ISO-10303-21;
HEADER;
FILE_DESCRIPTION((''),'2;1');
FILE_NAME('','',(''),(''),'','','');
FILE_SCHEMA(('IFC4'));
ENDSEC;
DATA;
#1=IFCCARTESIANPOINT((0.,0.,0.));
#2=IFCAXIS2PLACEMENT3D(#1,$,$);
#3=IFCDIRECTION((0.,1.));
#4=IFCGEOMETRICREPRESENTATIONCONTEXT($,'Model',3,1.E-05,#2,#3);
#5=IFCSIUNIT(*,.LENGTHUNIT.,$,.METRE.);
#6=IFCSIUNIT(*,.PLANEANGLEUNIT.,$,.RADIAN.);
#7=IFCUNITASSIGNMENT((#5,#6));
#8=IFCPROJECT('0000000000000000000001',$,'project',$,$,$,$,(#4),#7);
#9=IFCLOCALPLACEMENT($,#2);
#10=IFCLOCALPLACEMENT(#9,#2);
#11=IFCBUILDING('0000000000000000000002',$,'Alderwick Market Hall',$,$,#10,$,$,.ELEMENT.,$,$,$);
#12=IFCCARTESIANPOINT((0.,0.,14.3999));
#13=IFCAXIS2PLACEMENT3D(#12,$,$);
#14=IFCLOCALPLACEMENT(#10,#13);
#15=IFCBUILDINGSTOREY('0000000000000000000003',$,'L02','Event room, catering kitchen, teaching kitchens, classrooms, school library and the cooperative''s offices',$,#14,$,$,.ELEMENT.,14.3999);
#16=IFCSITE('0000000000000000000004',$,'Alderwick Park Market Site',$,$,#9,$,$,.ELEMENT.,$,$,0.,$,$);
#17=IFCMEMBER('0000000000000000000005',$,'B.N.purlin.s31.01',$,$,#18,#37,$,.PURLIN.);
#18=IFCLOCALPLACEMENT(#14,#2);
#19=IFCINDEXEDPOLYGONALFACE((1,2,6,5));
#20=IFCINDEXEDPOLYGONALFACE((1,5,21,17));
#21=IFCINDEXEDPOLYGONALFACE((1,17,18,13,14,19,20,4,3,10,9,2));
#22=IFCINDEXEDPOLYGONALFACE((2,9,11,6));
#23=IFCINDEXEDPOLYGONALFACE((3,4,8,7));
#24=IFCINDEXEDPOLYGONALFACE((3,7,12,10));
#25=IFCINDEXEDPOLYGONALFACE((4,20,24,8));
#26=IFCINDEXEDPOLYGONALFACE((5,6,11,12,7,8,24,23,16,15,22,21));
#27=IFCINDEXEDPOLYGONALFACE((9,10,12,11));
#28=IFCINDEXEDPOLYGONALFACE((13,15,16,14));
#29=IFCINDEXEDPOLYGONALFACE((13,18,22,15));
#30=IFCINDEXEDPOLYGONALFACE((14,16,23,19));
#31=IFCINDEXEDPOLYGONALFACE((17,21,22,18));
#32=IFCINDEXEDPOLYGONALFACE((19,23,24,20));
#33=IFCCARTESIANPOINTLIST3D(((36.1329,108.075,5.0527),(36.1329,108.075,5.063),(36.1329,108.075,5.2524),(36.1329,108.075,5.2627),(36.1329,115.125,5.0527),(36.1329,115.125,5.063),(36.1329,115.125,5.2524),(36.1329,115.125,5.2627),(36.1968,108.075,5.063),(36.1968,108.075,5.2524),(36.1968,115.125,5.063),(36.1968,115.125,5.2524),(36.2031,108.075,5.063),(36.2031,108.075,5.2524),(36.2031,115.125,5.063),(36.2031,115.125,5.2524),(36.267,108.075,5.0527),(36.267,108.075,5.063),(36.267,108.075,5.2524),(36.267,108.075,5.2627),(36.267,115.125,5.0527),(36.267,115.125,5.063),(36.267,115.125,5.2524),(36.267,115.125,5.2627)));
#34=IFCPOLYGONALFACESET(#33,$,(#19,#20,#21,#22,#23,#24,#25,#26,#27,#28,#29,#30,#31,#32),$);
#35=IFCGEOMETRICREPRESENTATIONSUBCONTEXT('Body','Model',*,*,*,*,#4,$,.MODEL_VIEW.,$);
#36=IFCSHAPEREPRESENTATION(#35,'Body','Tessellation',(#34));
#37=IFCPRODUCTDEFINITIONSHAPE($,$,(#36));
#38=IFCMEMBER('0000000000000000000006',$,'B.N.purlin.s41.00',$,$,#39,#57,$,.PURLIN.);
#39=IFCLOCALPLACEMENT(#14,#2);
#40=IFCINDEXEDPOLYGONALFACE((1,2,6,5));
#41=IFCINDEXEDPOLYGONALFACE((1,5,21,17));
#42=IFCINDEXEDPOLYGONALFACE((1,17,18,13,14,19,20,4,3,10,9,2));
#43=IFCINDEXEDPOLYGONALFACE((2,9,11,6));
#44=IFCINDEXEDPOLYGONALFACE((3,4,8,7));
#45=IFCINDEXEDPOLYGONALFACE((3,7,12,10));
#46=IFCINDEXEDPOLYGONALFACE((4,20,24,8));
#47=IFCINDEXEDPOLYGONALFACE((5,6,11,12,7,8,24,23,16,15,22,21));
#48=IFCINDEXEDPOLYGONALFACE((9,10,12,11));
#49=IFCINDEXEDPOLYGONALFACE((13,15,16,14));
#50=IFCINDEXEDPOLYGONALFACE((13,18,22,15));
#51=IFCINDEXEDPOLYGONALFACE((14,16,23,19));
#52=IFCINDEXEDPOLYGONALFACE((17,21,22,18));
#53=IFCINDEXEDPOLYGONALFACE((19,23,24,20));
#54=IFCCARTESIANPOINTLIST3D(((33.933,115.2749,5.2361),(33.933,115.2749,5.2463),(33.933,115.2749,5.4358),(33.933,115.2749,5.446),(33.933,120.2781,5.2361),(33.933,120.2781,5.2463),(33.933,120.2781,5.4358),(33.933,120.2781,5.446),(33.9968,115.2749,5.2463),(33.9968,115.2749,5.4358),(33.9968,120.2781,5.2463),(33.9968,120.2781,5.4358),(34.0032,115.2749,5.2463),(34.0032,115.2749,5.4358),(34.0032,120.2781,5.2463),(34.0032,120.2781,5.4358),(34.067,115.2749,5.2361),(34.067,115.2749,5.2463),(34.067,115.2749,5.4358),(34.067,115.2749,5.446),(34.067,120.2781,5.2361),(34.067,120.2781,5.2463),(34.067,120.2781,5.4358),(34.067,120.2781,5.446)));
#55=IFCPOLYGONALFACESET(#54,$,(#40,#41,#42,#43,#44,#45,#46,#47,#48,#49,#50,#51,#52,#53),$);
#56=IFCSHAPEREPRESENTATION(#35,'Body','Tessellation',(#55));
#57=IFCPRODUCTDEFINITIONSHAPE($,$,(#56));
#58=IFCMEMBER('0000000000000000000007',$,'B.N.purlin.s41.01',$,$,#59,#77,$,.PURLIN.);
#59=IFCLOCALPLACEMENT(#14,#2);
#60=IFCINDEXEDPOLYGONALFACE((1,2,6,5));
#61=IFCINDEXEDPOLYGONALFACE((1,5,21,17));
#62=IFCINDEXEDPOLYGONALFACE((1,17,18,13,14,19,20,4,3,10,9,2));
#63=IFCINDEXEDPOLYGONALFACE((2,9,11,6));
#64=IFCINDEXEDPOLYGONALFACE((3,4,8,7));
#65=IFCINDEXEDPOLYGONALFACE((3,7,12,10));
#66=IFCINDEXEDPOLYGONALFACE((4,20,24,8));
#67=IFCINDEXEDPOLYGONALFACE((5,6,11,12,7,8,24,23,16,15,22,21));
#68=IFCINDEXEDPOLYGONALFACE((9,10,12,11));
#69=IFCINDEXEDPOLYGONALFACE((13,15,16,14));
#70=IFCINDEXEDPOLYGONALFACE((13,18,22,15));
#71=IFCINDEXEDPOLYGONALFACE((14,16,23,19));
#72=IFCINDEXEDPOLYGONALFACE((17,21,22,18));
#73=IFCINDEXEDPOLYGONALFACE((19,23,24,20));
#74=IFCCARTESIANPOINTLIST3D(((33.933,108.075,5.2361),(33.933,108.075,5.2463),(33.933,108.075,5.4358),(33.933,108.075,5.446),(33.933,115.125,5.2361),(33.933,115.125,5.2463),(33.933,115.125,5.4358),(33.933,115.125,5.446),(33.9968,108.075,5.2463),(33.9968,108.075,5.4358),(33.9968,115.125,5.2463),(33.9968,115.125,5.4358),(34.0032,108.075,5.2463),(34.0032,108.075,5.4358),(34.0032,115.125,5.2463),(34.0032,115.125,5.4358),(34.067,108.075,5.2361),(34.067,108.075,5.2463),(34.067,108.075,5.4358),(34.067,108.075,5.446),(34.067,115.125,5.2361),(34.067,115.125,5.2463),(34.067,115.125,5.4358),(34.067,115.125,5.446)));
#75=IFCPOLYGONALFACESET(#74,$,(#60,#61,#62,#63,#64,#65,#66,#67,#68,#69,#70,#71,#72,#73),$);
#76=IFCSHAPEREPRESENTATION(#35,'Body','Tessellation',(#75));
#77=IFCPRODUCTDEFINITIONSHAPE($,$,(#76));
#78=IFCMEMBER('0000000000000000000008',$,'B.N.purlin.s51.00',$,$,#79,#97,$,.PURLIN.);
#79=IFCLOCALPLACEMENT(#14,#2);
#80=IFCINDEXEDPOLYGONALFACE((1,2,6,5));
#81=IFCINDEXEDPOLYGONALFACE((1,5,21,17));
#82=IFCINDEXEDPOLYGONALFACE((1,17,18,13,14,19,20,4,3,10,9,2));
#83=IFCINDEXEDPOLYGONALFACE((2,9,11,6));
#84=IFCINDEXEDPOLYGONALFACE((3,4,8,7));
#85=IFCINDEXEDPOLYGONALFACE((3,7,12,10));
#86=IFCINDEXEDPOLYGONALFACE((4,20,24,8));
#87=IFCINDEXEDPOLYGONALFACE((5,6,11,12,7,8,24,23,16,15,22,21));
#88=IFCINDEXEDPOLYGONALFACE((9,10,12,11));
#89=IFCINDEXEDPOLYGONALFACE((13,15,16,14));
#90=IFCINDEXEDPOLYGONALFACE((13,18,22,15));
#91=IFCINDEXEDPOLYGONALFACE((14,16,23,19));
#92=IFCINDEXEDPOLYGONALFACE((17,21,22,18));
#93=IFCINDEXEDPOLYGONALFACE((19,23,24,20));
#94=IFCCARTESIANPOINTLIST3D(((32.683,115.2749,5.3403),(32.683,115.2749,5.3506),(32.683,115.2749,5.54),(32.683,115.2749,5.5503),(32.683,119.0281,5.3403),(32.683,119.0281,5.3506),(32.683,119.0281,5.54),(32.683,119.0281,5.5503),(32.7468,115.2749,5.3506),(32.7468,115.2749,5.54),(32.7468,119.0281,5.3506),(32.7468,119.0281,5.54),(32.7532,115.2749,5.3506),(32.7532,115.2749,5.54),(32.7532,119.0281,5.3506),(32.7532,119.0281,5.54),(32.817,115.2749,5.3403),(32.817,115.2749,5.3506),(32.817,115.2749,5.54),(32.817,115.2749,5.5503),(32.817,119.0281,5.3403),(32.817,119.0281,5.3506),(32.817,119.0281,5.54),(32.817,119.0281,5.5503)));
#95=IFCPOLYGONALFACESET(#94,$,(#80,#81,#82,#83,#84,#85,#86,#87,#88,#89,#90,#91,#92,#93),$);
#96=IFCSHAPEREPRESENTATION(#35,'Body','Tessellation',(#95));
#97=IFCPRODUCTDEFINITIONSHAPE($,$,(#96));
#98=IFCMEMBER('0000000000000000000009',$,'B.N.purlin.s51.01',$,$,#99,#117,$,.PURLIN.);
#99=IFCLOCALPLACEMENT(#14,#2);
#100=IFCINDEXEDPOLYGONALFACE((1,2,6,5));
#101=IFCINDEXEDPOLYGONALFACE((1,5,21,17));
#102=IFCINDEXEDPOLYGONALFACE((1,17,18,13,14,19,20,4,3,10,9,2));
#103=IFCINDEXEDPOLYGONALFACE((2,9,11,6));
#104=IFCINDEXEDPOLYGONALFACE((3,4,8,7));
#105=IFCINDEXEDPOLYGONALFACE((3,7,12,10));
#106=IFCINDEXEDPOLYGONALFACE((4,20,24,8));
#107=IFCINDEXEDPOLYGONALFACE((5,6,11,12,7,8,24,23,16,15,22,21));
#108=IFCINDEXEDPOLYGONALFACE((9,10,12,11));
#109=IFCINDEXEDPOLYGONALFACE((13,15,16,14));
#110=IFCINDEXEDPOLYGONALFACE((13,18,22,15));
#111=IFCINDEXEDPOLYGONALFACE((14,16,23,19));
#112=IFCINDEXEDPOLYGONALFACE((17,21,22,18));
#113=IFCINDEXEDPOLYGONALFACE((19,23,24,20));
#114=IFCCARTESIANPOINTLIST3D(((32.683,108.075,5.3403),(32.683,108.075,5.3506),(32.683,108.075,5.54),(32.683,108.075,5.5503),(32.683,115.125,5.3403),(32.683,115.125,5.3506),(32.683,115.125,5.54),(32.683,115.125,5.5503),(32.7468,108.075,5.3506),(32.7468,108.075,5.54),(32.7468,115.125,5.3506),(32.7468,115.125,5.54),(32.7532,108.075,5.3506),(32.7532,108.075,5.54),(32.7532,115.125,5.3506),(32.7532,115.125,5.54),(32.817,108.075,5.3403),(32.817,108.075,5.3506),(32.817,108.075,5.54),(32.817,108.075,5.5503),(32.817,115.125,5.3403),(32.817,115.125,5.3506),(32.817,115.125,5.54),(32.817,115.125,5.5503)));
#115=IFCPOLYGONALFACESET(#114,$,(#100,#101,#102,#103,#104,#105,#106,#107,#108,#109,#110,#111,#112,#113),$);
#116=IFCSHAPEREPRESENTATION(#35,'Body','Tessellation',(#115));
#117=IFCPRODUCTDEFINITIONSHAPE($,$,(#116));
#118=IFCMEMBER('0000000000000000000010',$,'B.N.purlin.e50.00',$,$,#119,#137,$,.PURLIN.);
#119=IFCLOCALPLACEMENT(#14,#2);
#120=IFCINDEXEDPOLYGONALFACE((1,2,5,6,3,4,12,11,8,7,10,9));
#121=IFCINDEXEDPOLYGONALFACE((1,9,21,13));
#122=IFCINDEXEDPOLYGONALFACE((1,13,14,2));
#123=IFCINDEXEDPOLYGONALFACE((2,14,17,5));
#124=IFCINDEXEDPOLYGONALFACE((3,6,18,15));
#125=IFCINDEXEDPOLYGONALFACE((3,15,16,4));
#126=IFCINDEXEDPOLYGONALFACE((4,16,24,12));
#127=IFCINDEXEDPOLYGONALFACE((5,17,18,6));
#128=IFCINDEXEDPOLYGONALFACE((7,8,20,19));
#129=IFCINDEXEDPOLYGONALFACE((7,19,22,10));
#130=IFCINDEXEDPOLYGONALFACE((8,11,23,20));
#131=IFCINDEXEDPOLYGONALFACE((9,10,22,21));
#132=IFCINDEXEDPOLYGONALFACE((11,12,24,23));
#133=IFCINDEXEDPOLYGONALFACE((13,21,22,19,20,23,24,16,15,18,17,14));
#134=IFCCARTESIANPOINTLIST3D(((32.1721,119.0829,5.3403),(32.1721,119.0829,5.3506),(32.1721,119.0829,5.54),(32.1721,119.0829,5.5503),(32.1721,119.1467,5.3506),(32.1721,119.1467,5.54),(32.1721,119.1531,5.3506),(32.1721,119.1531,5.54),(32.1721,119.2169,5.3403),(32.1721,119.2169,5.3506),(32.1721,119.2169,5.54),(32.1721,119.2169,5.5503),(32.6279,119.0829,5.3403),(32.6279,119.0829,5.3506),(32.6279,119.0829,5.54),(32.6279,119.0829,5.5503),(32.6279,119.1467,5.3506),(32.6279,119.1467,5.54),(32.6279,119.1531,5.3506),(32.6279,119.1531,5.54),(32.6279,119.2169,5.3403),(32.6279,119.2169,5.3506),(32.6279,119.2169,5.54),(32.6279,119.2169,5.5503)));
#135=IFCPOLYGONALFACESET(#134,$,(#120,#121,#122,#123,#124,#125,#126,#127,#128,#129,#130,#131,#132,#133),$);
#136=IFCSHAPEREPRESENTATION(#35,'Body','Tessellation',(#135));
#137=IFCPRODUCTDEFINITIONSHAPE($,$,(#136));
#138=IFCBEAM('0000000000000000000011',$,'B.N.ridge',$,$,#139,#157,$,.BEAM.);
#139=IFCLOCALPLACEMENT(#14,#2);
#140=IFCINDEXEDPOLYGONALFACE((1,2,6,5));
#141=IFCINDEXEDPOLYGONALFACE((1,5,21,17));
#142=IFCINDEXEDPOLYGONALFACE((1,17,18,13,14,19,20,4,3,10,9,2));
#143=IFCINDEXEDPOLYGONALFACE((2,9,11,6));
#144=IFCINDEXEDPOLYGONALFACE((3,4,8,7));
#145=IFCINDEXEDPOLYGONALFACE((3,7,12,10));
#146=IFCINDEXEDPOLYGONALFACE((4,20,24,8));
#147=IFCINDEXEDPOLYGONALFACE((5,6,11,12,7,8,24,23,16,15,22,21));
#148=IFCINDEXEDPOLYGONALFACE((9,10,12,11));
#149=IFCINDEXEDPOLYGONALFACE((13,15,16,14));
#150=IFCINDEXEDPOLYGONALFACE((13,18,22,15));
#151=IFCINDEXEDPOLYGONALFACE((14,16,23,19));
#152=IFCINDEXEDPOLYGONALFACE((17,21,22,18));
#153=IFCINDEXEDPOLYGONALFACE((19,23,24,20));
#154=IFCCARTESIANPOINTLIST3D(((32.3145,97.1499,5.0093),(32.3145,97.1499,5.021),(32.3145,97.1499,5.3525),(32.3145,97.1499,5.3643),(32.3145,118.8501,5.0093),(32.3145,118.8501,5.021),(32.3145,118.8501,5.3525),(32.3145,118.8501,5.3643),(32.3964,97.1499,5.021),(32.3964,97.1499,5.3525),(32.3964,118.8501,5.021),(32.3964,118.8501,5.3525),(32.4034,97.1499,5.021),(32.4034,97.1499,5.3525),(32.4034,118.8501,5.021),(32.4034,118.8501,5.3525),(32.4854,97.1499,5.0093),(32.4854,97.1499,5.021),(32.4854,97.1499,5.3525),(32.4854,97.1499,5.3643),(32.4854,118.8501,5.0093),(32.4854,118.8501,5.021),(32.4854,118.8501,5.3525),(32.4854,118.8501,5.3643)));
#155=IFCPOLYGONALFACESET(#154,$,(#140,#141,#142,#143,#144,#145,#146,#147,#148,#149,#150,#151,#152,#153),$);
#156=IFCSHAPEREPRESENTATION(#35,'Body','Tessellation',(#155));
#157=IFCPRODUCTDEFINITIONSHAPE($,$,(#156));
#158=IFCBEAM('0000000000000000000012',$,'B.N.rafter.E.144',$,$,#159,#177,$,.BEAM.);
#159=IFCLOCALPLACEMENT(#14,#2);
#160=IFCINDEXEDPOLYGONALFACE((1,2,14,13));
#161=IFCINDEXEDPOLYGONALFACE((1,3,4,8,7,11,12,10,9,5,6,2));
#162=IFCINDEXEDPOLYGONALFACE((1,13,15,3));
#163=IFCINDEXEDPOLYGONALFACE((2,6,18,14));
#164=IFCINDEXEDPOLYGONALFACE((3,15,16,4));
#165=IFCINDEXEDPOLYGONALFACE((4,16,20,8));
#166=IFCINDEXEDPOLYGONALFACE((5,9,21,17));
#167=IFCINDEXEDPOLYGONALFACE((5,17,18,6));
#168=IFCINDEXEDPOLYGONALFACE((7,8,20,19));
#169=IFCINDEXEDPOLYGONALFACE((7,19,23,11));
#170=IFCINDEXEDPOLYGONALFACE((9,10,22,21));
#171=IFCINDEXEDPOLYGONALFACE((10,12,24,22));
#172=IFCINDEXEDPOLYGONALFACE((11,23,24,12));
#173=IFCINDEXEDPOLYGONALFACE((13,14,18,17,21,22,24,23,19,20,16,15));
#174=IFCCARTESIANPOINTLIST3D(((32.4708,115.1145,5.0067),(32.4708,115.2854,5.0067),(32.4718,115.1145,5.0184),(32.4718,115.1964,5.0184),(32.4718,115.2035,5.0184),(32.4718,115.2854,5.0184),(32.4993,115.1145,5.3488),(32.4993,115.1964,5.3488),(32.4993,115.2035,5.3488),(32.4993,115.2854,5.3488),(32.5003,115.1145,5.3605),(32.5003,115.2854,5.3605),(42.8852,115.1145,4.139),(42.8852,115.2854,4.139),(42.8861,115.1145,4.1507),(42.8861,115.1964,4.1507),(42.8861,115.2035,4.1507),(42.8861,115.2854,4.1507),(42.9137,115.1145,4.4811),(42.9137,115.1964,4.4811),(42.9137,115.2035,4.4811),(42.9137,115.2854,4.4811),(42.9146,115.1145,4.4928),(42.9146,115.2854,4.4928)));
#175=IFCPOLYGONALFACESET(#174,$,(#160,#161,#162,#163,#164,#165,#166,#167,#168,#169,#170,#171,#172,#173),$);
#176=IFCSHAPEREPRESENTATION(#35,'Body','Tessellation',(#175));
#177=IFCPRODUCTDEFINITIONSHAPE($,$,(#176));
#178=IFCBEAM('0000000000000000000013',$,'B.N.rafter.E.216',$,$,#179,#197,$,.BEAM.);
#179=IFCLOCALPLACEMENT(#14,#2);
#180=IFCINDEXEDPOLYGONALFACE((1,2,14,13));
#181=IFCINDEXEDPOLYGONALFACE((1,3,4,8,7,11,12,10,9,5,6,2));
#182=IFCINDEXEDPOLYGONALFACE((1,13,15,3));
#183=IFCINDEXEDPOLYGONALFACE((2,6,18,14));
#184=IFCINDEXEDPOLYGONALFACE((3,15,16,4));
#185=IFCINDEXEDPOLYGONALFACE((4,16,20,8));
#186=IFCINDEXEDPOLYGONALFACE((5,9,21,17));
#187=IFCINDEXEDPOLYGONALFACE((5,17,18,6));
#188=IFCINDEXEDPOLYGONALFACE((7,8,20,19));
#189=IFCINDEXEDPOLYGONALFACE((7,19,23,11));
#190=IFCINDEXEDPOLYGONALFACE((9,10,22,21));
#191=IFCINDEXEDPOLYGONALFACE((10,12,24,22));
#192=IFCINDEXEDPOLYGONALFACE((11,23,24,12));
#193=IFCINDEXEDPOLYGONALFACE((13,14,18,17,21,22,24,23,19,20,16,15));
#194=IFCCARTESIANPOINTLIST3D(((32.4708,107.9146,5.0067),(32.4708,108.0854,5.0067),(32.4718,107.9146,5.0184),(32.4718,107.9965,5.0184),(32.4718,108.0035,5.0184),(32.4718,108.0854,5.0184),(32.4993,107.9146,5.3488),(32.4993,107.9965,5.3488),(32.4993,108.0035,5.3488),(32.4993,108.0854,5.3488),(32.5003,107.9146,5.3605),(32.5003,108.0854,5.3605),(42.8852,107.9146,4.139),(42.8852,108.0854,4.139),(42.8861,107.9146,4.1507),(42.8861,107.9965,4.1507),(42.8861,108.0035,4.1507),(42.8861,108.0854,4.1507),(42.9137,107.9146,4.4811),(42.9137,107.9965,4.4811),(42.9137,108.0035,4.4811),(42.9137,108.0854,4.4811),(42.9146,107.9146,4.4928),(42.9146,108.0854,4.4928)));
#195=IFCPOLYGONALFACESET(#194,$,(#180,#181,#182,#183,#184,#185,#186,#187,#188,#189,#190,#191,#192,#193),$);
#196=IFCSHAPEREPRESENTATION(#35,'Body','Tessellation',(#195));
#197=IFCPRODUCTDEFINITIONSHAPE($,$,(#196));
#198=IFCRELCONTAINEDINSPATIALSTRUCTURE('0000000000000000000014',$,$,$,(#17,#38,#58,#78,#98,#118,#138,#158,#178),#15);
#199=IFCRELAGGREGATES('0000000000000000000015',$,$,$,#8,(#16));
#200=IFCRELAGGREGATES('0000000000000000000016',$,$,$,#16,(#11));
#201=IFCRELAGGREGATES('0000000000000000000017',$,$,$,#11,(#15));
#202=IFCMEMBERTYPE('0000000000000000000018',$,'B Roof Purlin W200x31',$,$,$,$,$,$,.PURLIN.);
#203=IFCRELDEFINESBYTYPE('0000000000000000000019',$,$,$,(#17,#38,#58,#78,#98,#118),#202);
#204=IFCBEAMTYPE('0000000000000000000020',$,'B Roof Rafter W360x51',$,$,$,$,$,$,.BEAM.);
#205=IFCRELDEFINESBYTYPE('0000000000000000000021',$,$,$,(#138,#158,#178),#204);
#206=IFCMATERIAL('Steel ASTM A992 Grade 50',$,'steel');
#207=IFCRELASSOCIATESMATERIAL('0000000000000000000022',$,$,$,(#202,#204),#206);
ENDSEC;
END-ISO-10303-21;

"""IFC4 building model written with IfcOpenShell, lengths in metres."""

from ifc_helpers import new_model, si_unit, direction, frame, origin, origin_2d, place, context, subcontext, project, spatial, i_section, extrude, material, material_profile, profile_set, type_object, element, save


model = new_model("IFC4")

# Units and contexts
model_context = context("Model", 3, precision=1e-05, world=origin(), true_north=direction((0.0, 1.0)))
body_context = subcontext(model_context, "Body", "Model", "MODEL_VIEW")
ifc_project = project(units=[si_unit("LENGTHUNIT", "METRE"), si_unit("PLANEANGLEUNIT", "RADIAN")], contexts=[model_context])

# Site, building, storey
site_placement = place(None, origin())
site = spatial("IfcSite", under=ifc_project, at=site_placement, Name="Alderwick Park Market Site", CompositionType="ELEMENT", RefElevation=0.0)
building_placement = place(site_placement, origin())
building = spatial("IfcBuilding", under=site, at=building_placement, Name="Alderwick Market Hall", CompositionType="ELEMENT")
storey_placement = place(building_placement, frame((0.0, 0.0, 14.3999)))
storey = spatial("IfcBuildingStorey", under=building, at=storey_placement, Name="L02", Description="Event room, catering kitchen, teaching kitchens, classrooms, school library and the cooperative's offices", CompositionType="ELEMENT", Elevation=14.3999)

# Members
ifc_material_1 = material(Name="Steel ASTM A992 Grade 50", Category="steel")
ifc_material_profile_1 = material_profile(ifc_material_1, i_section(OverallWidth=0.134, OverallDepth=0.21, WebThickness=0.0063, FlangeThickness=0.0103, at=origin_2d()), Name="W200x31")
ifc_profile_set_1 = profile_set([ifc_material_profile_1], Name="Steel ASTM A992 Grade 50")
member_type = type_object("IfcMemberType", Name="B Roof Purlin W200x31", PredefinedType="PURLIN", material=ifc_profile_set_1)
for number, where, z_axis, x_axis, name in (
    (1, (36.2, 115.125, 5.1577), (0.0, -1.0, 0.0), (1.0, 0.0, 0.0), "B.N.purlin.s31.01"),
):
    element("IfcMember", number, at=place(storey_placement, frame(where, z_axis=z_axis, x_axis=x_axis)), inside=storey, type_object=member_type, Name=name, PredefinedType="PURLIN", context=body_context, shape_type="SweptSolid", body=[
        extrude(i_section(OverallWidth=0.134, OverallDepth=0.21, WebThickness=0.0063, FlangeThickness=0.0103, at=origin_2d()), origin(), (0.0, 0.0, 1.0), 7.05),
    ])
member_1_placement = place(storey_placement, frame((34.0, 120.2781, 5.3411), z_axis=(0.0, -1.0, 0.0), x_axis=(1.0, 0.0, 0.0)))
element("IfcMember", 2, at=member_1_placement, inside=storey, type_object=member_type, Name="B.N.purlin.s41.00", PredefinedType="PURLIN", context=body_context, shape_type="SweptSolid", body=[
    extrude(i_section(OverallWidth=0.134, OverallDepth=0.21, WebThickness=0.0063, FlangeThickness=0.0103, at=origin_2d()), origin(), (0.0, 0.0, 1.0), 5.0032),
])
member_2_placement = place(storey_placement, frame((34.0, 115.125, 5.3411), z_axis=(0.0, -1.0, 0.0), x_axis=(1.0, 0.0, 0.0)))
element("IfcMember", 3, at=member_2_placement, inside=storey, type_object=member_type, Name="B.N.purlin.s41.01", PredefinedType="PURLIN", context=body_context, shape_type="SweptSolid", body=[
    extrude(i_section(OverallWidth=0.134, OverallDepth=0.21, WebThickness=0.0063, FlangeThickness=0.0103, at=origin_2d()), origin(), (0.0, 0.0, 1.0), 7.05),
])
member_3_placement = place(storey_placement, frame((32.75, 119.0281, 5.4453), z_axis=(0.0, -1.0, 0.0), x_axis=(1.0, 0.0, 0.0)))
element("IfcMember", 4, at=member_3_placement, inside=storey, type_object=member_type, Name="B.N.purlin.s51.00", PredefinedType="PURLIN", context=body_context, shape_type="SweptSolid", body=[
    extrude(i_section(OverallWidth=0.134, OverallDepth=0.21, WebThickness=0.0063, FlangeThickness=0.0103, at=origin_2d()), origin(), (0.0, 0.0, 1.0), 3.7532),
])
member_4_placement = place(storey_placement, frame((32.75, 115.125, 5.4453), z_axis=(0.0, -1.0, 0.0), x_axis=(1.0, 0.0, 0.0)))
element("IfcMember", 5, at=member_4_placement, inside=storey, type_object=member_type, Name="B.N.purlin.s51.01", PredefinedType="PURLIN", context=body_context, shape_type="SweptSolid", body=[
    extrude(i_section(OverallWidth=0.134, OverallDepth=0.21, WebThickness=0.0063, FlangeThickness=0.0103, at=origin_2d()), origin(), (0.0, 0.0, 1.0), 7.05),
])
member_5_placement = place(storey_placement, frame((32.1721, 119.1499, 5.4453), z_axis=(1.0, 0.0, 0.0), x_axis=(0.0, 1.0, 0.0)))
element("IfcMember", 6, at=member_5_placement, inside=storey, type_object=member_type, Name="B.N.purlin.e50.00", PredefinedType="PURLIN", context=body_context, shape_type="SweptSolid", body=[
    extrude(i_section(OverallWidth=0.134, OverallDepth=0.21, WebThickness=0.0063, FlangeThickness=0.0103, at=origin_2d()), origin(), (0.0, 0.0, 1.0), 0.4558),
])

# Beams
ifc_material_profile_2 = material_profile(ifc_material_1, i_section(OverallWidth=0.1709, OverallDepth=0.355, WebThickness=0.0071, FlangeThickness=0.0117, at=origin_2d()), Name="W360x51")
ifc_profile_set_2 = profile_set([ifc_material_profile_2], Name="Steel ASTM A992 Grade 50")
beam_type_1 = type_object("IfcBeamType", Name="B Roof Rafter W360x51", PredefinedType="BEAM", material=ifc_profile_set_2)
beam_1_placement = place(storey_placement, frame((32.3999, 118.8501, 5.1868), z_axis=(0.0, -1.0, 0.0), x_axis=(1.0, 0.0, 0.0)))
element("IfcBeam", 7, at=beam_1_placement, inside=storey, type_object=beam_type_1, Name="B.N.ridge", PredefinedType="BEAM", context=body_context, shape_type="SweptSolid", body=[
    extrude(i_section(OverallWidth=0.1709, OverallDepth=0.355, WebThickness=0.0071, FlangeThickness=0.0117, at=origin_2d()), origin(), (0.0, 0.0, 1.0), 21.7002),
])
for number, where, z_axis, x_axis, name in (
    (8, (42.8999, 115.2, 4.3159), (-0.996547, 0.0, 0.083028), (0.0, -1.0, 0.0), "B.N.rafter.E.144"),
    (9, (42.8999, 108.0, 4.3159), (-0.996547, 0.0, 0.083028), (0.0, -1.0, 0.0), "B.N.rafter.E.216"),
):
    element("IfcBeam", number, at=place(storey_placement, frame(where, z_axis=z_axis, x_axis=x_axis)), inside=storey, type_object=beam_type_1, Name=name, PredefinedType="BEAM", context=body_context, shape_type="SweptSolid", body=[
        extrude(i_section(OverallWidth=0.1709, OverallDepth=0.355, WebThickness=0.0071, FlangeThickness=0.0117, at=origin_2d()), origin(), (0.0, 0.0, 1.0), 10.4504),
    ])

save(model, "model.ifc")
